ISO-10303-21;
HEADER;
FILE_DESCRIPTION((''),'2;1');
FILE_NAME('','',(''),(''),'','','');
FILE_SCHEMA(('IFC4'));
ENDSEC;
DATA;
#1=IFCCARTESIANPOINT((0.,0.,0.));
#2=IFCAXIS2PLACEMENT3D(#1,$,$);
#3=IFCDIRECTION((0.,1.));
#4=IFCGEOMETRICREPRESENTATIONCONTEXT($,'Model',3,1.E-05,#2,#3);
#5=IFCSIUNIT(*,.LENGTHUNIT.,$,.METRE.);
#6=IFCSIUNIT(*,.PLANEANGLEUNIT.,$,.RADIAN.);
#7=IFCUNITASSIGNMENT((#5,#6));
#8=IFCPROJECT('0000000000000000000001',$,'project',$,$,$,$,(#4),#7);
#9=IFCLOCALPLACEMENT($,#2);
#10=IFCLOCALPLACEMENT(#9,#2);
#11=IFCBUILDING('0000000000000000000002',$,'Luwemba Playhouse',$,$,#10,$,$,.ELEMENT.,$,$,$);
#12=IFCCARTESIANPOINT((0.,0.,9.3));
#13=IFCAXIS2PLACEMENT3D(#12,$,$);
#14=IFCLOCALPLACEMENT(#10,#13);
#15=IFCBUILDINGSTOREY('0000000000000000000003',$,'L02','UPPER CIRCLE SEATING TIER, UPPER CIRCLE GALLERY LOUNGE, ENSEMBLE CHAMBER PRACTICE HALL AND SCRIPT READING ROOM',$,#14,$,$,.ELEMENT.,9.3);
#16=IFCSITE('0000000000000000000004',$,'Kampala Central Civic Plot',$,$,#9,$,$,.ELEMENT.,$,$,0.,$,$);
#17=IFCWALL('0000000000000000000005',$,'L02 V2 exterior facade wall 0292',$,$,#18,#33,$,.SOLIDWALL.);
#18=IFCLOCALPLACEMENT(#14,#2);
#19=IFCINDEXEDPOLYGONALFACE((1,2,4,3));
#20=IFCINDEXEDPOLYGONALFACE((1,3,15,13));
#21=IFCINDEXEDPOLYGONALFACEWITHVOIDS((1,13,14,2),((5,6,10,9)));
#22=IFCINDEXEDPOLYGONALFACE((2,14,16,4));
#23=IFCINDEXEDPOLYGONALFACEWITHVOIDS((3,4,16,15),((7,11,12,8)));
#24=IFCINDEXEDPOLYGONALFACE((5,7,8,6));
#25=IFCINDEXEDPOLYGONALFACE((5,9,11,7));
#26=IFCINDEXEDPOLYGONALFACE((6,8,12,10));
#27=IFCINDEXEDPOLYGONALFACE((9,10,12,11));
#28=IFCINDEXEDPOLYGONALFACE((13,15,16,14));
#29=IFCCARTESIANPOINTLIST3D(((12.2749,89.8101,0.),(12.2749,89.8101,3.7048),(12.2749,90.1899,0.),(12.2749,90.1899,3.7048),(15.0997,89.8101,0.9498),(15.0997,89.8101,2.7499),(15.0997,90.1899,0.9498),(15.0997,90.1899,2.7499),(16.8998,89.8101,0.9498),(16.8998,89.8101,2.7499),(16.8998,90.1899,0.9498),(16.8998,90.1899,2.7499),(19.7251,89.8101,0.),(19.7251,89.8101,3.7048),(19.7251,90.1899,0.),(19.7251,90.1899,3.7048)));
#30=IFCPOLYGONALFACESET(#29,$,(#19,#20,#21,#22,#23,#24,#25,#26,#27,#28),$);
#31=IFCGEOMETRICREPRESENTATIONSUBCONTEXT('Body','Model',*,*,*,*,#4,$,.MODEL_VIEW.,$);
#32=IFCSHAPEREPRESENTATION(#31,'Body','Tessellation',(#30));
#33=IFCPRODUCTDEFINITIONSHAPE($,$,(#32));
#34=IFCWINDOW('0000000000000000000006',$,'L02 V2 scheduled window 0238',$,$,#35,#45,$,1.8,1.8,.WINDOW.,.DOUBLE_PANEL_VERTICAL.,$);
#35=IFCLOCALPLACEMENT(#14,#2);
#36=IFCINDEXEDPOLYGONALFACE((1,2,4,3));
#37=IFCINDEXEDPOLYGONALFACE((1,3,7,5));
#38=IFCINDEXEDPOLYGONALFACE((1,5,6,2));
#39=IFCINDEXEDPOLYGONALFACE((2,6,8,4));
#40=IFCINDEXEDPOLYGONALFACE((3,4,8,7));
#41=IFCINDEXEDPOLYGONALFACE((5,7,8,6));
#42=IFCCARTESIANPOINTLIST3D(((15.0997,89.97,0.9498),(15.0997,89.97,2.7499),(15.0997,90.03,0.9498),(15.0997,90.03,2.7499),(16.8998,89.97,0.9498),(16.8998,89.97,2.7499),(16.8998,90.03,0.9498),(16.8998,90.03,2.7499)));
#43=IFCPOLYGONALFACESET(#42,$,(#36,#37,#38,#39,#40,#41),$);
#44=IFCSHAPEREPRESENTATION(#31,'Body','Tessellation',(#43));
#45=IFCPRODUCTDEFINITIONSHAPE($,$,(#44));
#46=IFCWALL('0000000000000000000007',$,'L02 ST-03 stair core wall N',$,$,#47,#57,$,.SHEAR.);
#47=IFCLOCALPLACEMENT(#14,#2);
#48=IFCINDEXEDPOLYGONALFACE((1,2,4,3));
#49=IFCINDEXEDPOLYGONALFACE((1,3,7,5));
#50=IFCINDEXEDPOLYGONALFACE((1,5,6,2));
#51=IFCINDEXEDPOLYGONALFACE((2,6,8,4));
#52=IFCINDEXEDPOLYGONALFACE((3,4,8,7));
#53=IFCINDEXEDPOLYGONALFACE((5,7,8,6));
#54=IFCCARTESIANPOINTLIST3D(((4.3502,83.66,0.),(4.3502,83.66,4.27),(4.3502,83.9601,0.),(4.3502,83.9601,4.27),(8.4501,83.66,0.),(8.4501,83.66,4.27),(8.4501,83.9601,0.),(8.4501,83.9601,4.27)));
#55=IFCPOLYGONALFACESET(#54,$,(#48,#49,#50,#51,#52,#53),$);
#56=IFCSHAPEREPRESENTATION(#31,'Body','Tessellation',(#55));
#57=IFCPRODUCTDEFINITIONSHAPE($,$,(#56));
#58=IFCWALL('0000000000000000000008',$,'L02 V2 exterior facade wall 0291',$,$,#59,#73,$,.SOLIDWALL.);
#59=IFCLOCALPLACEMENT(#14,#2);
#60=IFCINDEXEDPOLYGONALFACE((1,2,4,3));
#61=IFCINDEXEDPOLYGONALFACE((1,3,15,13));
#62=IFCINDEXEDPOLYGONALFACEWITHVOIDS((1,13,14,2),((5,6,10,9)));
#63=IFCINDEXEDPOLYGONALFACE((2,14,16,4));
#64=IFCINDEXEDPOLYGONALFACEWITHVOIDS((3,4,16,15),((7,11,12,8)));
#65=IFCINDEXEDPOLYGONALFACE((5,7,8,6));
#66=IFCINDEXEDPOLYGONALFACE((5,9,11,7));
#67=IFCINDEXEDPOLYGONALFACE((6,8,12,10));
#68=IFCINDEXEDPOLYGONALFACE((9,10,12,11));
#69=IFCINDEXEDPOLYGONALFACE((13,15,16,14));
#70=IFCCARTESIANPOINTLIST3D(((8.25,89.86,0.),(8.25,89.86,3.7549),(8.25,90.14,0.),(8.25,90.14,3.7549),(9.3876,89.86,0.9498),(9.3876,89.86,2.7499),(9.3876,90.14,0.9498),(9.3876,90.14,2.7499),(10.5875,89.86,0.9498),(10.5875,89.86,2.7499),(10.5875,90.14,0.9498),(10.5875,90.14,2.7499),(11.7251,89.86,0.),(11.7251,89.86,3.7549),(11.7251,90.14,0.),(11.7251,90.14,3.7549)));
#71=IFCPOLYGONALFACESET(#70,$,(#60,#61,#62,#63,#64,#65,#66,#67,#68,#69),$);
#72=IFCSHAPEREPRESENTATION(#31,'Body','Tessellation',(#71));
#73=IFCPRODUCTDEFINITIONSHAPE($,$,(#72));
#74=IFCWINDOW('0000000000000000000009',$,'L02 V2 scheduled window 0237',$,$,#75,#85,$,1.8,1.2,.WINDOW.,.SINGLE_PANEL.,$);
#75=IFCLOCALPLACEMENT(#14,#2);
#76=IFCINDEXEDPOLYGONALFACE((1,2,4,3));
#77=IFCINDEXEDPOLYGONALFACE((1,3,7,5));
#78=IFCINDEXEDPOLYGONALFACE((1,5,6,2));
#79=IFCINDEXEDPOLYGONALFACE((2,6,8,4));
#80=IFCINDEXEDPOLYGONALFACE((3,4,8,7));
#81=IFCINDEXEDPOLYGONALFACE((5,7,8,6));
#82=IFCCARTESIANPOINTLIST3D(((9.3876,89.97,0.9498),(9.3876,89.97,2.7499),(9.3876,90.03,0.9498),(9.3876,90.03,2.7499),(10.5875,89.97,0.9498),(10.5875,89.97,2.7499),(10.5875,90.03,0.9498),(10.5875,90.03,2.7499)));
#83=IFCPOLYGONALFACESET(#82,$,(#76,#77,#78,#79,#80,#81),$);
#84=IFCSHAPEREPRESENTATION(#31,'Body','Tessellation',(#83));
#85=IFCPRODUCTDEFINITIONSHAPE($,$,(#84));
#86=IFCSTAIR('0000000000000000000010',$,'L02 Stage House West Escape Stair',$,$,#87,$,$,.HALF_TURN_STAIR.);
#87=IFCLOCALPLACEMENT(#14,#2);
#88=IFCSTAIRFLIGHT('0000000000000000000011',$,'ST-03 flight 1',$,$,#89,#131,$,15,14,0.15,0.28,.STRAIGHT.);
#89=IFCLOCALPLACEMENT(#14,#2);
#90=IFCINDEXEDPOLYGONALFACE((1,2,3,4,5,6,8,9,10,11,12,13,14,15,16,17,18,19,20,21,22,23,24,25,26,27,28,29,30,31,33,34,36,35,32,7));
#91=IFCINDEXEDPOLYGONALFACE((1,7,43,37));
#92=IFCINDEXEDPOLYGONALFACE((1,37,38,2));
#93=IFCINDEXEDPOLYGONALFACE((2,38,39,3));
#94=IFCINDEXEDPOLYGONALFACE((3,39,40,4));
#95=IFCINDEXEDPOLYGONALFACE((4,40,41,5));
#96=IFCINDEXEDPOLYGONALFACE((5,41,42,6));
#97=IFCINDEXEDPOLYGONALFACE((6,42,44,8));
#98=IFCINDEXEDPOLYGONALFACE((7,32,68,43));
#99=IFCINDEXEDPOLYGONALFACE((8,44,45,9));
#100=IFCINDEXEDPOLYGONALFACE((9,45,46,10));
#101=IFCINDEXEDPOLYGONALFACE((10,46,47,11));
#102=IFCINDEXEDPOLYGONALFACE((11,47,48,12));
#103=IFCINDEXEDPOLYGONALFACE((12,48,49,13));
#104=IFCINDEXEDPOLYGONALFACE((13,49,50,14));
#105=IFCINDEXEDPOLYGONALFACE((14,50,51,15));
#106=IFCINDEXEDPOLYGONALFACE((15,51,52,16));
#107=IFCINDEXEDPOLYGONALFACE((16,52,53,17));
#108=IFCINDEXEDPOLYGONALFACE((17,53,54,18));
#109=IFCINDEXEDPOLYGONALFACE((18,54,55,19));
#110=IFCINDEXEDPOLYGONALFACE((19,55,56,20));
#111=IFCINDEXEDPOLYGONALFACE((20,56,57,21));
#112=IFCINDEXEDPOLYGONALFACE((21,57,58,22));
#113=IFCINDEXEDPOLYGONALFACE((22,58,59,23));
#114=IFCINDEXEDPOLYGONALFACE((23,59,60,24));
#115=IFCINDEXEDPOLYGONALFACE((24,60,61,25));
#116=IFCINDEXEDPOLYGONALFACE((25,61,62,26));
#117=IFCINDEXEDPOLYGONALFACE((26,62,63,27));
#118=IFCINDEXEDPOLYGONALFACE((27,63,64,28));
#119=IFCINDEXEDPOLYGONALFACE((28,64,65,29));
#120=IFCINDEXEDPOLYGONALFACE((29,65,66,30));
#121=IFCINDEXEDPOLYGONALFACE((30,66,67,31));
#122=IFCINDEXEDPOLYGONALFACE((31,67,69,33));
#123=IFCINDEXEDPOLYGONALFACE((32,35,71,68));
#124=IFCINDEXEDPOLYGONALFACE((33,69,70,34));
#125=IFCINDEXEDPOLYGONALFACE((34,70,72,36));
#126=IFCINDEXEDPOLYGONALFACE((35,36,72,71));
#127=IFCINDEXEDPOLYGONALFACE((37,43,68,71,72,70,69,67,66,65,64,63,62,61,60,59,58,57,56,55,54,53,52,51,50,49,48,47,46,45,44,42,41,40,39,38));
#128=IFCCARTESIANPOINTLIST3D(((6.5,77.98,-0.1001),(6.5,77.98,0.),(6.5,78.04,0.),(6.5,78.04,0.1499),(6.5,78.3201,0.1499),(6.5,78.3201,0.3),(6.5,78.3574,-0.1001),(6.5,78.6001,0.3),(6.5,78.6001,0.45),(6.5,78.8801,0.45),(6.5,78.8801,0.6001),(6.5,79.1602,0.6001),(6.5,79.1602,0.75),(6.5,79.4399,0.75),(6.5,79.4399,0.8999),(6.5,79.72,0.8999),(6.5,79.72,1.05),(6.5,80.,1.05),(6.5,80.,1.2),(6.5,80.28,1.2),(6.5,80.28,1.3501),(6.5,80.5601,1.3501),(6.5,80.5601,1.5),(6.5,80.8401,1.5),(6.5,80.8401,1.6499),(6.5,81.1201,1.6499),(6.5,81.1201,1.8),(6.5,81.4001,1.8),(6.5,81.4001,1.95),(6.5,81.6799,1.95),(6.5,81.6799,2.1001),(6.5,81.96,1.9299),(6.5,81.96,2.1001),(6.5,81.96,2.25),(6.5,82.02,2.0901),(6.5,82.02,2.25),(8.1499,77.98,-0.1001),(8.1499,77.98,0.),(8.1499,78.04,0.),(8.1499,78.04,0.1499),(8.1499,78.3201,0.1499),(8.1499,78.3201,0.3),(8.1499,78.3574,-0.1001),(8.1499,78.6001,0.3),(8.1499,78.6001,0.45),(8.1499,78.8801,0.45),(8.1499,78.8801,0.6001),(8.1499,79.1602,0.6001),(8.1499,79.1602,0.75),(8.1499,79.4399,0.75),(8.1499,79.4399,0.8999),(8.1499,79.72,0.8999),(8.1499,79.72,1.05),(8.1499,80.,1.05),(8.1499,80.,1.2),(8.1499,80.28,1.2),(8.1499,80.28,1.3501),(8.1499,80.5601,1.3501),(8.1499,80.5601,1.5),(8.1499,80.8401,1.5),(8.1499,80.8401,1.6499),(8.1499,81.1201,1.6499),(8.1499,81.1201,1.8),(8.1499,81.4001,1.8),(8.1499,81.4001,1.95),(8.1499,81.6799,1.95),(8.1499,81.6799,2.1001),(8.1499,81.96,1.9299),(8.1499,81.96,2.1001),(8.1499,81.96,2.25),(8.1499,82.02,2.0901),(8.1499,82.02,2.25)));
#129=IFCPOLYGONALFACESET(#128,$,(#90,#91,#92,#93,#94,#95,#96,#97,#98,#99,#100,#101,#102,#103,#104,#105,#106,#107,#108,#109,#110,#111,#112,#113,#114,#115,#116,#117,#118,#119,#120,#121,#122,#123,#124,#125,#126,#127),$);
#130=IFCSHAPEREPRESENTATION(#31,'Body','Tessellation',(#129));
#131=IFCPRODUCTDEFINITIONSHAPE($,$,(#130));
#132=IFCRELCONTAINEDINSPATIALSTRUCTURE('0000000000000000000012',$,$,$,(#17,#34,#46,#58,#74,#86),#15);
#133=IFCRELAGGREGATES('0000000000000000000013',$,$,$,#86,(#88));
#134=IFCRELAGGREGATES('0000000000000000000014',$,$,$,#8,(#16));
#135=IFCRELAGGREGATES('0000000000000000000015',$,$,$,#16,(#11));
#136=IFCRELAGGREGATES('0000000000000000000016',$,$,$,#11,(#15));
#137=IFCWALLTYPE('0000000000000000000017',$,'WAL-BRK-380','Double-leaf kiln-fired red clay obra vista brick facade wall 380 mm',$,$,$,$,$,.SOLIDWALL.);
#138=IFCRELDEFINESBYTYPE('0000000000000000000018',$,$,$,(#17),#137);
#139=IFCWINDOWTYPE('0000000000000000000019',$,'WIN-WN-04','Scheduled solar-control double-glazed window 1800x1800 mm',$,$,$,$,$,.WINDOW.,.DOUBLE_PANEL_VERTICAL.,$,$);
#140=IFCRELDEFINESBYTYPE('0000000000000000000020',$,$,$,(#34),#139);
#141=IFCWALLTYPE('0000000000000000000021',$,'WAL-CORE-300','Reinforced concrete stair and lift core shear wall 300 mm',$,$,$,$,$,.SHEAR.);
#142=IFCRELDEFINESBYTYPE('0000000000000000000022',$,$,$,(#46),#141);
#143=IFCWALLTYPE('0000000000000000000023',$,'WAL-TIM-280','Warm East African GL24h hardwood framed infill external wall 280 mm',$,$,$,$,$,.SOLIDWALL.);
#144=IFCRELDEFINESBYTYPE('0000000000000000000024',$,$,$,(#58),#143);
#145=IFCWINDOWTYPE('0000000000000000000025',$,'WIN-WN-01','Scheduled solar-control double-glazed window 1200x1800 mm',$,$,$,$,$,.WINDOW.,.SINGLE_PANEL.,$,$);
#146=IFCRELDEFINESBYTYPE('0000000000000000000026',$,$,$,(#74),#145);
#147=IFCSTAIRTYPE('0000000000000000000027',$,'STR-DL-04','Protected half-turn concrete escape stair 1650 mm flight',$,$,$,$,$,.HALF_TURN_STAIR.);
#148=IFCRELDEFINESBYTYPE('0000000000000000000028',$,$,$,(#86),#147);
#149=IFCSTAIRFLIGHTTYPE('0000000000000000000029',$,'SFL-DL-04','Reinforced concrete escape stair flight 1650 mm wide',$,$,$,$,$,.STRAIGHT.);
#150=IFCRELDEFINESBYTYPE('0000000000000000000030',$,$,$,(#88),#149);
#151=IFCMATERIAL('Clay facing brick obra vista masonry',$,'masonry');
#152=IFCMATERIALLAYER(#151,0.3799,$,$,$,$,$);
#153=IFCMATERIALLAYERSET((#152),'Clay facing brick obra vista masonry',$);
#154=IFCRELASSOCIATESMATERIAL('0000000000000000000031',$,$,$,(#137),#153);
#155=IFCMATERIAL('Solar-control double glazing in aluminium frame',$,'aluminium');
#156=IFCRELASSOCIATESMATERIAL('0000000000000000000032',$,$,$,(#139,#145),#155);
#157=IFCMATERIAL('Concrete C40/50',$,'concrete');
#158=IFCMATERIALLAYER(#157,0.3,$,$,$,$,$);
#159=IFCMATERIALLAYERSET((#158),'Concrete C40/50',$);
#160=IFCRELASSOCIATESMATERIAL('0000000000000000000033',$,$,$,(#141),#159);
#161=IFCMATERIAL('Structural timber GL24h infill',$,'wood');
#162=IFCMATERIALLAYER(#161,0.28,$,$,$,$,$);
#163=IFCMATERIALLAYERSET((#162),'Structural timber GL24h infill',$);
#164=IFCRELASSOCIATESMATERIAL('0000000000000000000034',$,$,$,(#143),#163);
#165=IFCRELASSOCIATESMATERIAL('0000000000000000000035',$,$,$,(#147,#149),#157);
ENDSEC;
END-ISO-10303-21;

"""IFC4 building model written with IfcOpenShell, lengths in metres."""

from ifc_helpers import new_model, si_unit, direction, frame, frame_2d, origin, place, context, subcontext, project, spatial, polyline, rectangle, outline, extrude, material, layer, layer_set, type_object, element, fill, aggregate, save


model = new_model("IFC4")

# Units and contexts
model_context = context("Model", 3, precision=1e-05, world=origin(), true_north=direction((0.0, 1.0)))
body_context = subcontext(model_context, "Body", "Model", "MODEL_VIEW")
ifc_project = project(units=[si_unit("LENGTHUNIT", "METRE"), si_unit("PLANEANGLEUNIT", "RADIAN")], contexts=[model_context])

# Site, building, storey
site_placement = place(None, origin())
site = spatial("IfcSite", under=ifc_project, at=site_placement, Name="Kampala Central Civic Plot", CompositionType="ELEMENT", RefElevation=0.0)
building_placement = place(site_placement, origin())
building = spatial("IfcBuilding", under=site, at=building_placement, Name="Luwemba Playhouse", CompositionType="ELEMENT")
storey_placement = place(building_placement, frame((0.0, 0.0, 9.3)))
storey = spatial("IfcBuildingStorey", under=building, at=storey_placement, Name="L02", Description="UPPER CIRCLE SEATING TIER, UPPER CIRCLE GALLERY LOUNGE, ENSEMBLE CHAMBER PRACTICE HALL AND SCRIPT READING ROOM", CompositionType="ELEMENT", Elevation=9.3)

# Shared definitions
ifc_material_1 = material(Name="Concrete C40/50", Category="concrete")

# Wall, opening, window
ifc_material_2 = material(Name="Clay facing brick obra vista masonry", Category="masonry")
ifc_layer_1 = layer(ifc_material_2, 0.3799)
ifc_layer_set_1 = layer_set([ifc_layer_1], Name="Clay facing brick obra vista masonry")
wall_type_1 = type_object("IfcWallType", Name="WAL-BRK-380", Description="Double-leaf kiln-fired red clay obra vista brick facade wall 380 mm", PredefinedType="SOLIDWALL", material=ifc_layer_set_1)
ifc_material_3 = material(Name="Solar-control double glazing in aluminium frame", Category="aluminium")
window_type_1 = type_object("IfcWindowType", Name="WIN-WN-04", Description="Scheduled solar-control double-glazed window 1800x1800 mm", PartitioningType="DOUBLE_PANEL_VERTICAL", PredefinedType="WINDOW", material=ifc_material_3)
wall_1_placement = place(storey_placement, frame((12.2749, 90.0, 0.0), z_axis=(0.0, 0.0, 1.0), x_axis=(1.0, 0.0, 0.0)))
wall_1 = element("IfcWall", 1, at=wall_1_placement, inside=storey, type_object=wall_type_1, Name="L02 V2 exterior facade wall 0292", PredefinedType="SOLIDWALL", context=body_context, shape_type="SweptSolid", body=[
    extrude(rectangle(XDim=7.4502, YDim=0.3799, at=frame_2d((3.7251, 0.0))), origin(), (0.0, 0.0, 1.0), 3.7048),
])
opening_1_placement = place(wall_1_placement, frame((2.825, 0.0, 0.95)))
opening_1 = element("IfcOpeningElement", 2, at=opening_1_placement, cuts=wall_1, PredefinedType="OPENING", context=body_context, shape_type="SweptSolid", body=[
    extrude(rectangle(XDim=1.8, YDim=1.8, at=frame_2d((0.8999, 0.8999))), frame((0.0, 0.2, 0.0), z_axis=(0.0, -1.0, 0.0), x_axis=(1.0, 0.0, 0.0)), (0.0, 0.0, 1.0), 0.3999),
])
window_1_placement = place(opening_1_placement, origin())
window_1 = element("IfcWindow", 3, at=window_1_placement, inside=storey, type_object=window_type_1, Name="L02 V2 scheduled window 0238", OverallHeight=1.8, OverallWidth=1.8, PartitioningType="DOUBLE_PANEL_VERTICAL", PredefinedType="WINDOW", context=body_context, shape_type="SweptSolid", body=[
    extrude(rectangle(XDim=1.8, YDim=1.8, at=frame_2d((0.8999, 0.8999))), frame((0.0, 0.03, 0.0), z_axis=(0.0, -1.0, 0.0), x_axis=(1.0, 0.0, 0.0)), (0.0, 0.0, 1.0), 0.0601),
])
fill(opening_1, window_1)

# Wall
ifc_layer_2 = layer(ifc_material_1, 0.3)
ifc_layer_set_2 = layer_set([ifc_layer_2], Name="Concrete C40/50")
wall_type_2 = type_object("IfcWallType", Name="WAL-CORE-300", Description="Reinforced concrete stair and lift core shear wall 300 mm", PredefinedType="SHEAR", material=ifc_layer_set_2)
wall_2_placement = place(storey_placement, frame((8.45, 83.8101, 0.0), z_axis=(0.0, 0.0, 1.0), x_axis=(-1.0, 0.0, 0.0)))
element("IfcWall", 4, at=wall_2_placement, inside=storey, type_object=wall_type_2, Name="L02 ST-03 stair core wall N", PredefinedType="SHEAR", context=body_context, shape_type="SweptSolid", body=[
    extrude(rectangle(XDim=4.0999, YDim=0.3, at=frame_2d((2.0498, 0.0))), origin(), (0.0, 0.0, 1.0), 4.27),
])

# Wall, opening, window
ifc_material_4 = material(Name="Structural timber GL24h infill", Category="wood")
ifc_layer_3 = layer(ifc_material_4, 0.28)
ifc_layer_set_3 = layer_set([ifc_layer_3], Name="Structural timber GL24h infill")
wall_type_3 = type_object("IfcWallType", Name="WAL-TIM-280", Description="Warm East African GL24h hardwood framed infill external wall 280 mm", PredefinedType="SOLIDWALL", material=ifc_layer_set_3)
wall_3_placement = place(storey_placement, frame((8.25, 90.0, 0.0), z_axis=(0.0, 0.0, 1.0), x_axis=(1.0, 0.0, 0.0)))
wall_3 = element("IfcWall", 5, at=wall_3_placement, inside=storey, type_object=wall_type_3, Name="L02 V2 exterior facade wall 0291", PredefinedType="SOLIDWALL", context=body_context, shape_type="SweptSolid", body=[
    extrude(rectangle(XDim=3.4751, YDim=0.28, at=frame_2d((1.7375, 0.0))), origin(), (0.0, 0.0, 1.0), 3.7549),
])
opening_2_placement = place(wall_3_placement, frame((1.1375, 0.0, 0.95)))
opening_2 = element("IfcOpeningElement", 6, at=opening_2_placement, cuts=wall_3, PredefinedType="OPENING", context=body_context, shape_type="SweptSolid", body=[
    extrude(rectangle(XDim=1.2, YDim=1.8, at=frame_2d((0.6001, 0.8999))), frame((0.0, 0.1499, 0.0), z_axis=(0.0, -1.0, 0.0), x_axis=(1.0, 0.0, 0.0)), (0.0, 0.0, 1.0), 0.3),
])
window_type_2 = type_object("IfcWindowType", Name="WIN-WN-01", Description="Scheduled solar-control double-glazed window 1200x1800 mm", PartitioningType="SINGLE_PANEL", PredefinedType="WINDOW", material=ifc_material_3)
window_2_placement = place(opening_2_placement, origin())
window_2 = element("IfcWindow", 7, at=window_2_placement, inside=storey, type_object=window_type_2, Name="L02 V2 scheduled window 0237", OverallHeight=1.8, OverallWidth=1.2, PartitioningType="SINGLE_PANEL", PredefinedType="WINDOW", context=body_context, shape_type="SweptSolid", body=[
    extrude(rectangle(XDim=1.2, YDim=1.8, at=frame_2d((0.6001, 0.8999))), frame((0.0, 0.03, 0.0), z_axis=(0.0, -1.0, 0.0), x_axis=(1.0, 0.0, 0.0)), (0.0, 0.0, 1.0), 0.0601),
])
fill(opening_2, window_2)

# Stair, stair flight
stair_type = type_object("IfcStairType", Name="STR-DL-04", Description="Protected half-turn concrete escape stair 1650 mm flight", PredefinedType="HALF_TURN_STAIR", material=ifc_material_1)
stair_placement = place(storey_placement, origin())
stair = element("IfcStair", 8, at=stair_placement, inside=storey, type_object=stair_type, Name="L02 Stage House West Escape Stair", PredefinedType="HALF_TURN_STAIR")
stair_flight_type = type_object("IfcStairFlightType", Name="SFL-DL-04", Description="Reinforced concrete escape stair flight 1650 mm wide", PredefinedType="STRAIGHT", material=ifc_material_1)
stair_flight_1_placement = place(storey_placement, frame((7.325, 78.04, 0.0), z_axis=(0.0, 0.0, 1.0), x_axis=(0.0, 1.0, 0.0)))
stair_flight_1 = element("IfcStairFlight", 9, at=stair_flight_1_placement, type_object=stair_flight_type, Name="ST-03 flight 1", NumberOfRisers=15, NumberOfTreads=14, PredefinedType="STRAIGHT", RiserHeight=0.15, TreadLength=0.28, context=body_context, shape_type="SweptSolid", body=[
    extrude(outline(polyline([(-0.0601, -0.1001), (-0.0601, 0.0), (0.0, 0.0), (0.0, 0.1499), (0.28, 0.1499), (0.28, 0.3), (0.5601, 0.3), (0.5601, 0.45), (0.8401, 0.45), (0.8401, 0.6001), (1.1201, 0.6001), (1.1201, 0.75), (1.3999, 0.75), (1.3999, 0.8999), (1.6799, 0.8999), (1.6799, 1.05), (1.96, 1.05), (1.96, 1.2), (2.24, 1.2), (2.24, 1.3501), (2.52, 1.3501), (2.52, 1.5), (2.8, 1.5), (2.8, 1.6499), (3.0801, 1.6499), (3.0801, 1.8), (3.3601, 1.8), (3.3601, 1.95), (3.6399, 1.95), (3.6399, 2.1001), (3.9199, 2.1001), (3.9199, 2.25), (3.98, 2.25), (3.98, 2.0901), (3.9199, 1.9299), (0.3174, -0.1001), (-0.0601, -0.1001)])), frame((0.0, 0.825, 0.0), z_axis=(0.0, -1.0, 0.0), x_axis=(1.0, 0.0, 0.0)), (0.0, 0.0, 1.0), 1.6499),
])
aggregate(stair, [stair_flight_1])

save(model, "model.ifc")
